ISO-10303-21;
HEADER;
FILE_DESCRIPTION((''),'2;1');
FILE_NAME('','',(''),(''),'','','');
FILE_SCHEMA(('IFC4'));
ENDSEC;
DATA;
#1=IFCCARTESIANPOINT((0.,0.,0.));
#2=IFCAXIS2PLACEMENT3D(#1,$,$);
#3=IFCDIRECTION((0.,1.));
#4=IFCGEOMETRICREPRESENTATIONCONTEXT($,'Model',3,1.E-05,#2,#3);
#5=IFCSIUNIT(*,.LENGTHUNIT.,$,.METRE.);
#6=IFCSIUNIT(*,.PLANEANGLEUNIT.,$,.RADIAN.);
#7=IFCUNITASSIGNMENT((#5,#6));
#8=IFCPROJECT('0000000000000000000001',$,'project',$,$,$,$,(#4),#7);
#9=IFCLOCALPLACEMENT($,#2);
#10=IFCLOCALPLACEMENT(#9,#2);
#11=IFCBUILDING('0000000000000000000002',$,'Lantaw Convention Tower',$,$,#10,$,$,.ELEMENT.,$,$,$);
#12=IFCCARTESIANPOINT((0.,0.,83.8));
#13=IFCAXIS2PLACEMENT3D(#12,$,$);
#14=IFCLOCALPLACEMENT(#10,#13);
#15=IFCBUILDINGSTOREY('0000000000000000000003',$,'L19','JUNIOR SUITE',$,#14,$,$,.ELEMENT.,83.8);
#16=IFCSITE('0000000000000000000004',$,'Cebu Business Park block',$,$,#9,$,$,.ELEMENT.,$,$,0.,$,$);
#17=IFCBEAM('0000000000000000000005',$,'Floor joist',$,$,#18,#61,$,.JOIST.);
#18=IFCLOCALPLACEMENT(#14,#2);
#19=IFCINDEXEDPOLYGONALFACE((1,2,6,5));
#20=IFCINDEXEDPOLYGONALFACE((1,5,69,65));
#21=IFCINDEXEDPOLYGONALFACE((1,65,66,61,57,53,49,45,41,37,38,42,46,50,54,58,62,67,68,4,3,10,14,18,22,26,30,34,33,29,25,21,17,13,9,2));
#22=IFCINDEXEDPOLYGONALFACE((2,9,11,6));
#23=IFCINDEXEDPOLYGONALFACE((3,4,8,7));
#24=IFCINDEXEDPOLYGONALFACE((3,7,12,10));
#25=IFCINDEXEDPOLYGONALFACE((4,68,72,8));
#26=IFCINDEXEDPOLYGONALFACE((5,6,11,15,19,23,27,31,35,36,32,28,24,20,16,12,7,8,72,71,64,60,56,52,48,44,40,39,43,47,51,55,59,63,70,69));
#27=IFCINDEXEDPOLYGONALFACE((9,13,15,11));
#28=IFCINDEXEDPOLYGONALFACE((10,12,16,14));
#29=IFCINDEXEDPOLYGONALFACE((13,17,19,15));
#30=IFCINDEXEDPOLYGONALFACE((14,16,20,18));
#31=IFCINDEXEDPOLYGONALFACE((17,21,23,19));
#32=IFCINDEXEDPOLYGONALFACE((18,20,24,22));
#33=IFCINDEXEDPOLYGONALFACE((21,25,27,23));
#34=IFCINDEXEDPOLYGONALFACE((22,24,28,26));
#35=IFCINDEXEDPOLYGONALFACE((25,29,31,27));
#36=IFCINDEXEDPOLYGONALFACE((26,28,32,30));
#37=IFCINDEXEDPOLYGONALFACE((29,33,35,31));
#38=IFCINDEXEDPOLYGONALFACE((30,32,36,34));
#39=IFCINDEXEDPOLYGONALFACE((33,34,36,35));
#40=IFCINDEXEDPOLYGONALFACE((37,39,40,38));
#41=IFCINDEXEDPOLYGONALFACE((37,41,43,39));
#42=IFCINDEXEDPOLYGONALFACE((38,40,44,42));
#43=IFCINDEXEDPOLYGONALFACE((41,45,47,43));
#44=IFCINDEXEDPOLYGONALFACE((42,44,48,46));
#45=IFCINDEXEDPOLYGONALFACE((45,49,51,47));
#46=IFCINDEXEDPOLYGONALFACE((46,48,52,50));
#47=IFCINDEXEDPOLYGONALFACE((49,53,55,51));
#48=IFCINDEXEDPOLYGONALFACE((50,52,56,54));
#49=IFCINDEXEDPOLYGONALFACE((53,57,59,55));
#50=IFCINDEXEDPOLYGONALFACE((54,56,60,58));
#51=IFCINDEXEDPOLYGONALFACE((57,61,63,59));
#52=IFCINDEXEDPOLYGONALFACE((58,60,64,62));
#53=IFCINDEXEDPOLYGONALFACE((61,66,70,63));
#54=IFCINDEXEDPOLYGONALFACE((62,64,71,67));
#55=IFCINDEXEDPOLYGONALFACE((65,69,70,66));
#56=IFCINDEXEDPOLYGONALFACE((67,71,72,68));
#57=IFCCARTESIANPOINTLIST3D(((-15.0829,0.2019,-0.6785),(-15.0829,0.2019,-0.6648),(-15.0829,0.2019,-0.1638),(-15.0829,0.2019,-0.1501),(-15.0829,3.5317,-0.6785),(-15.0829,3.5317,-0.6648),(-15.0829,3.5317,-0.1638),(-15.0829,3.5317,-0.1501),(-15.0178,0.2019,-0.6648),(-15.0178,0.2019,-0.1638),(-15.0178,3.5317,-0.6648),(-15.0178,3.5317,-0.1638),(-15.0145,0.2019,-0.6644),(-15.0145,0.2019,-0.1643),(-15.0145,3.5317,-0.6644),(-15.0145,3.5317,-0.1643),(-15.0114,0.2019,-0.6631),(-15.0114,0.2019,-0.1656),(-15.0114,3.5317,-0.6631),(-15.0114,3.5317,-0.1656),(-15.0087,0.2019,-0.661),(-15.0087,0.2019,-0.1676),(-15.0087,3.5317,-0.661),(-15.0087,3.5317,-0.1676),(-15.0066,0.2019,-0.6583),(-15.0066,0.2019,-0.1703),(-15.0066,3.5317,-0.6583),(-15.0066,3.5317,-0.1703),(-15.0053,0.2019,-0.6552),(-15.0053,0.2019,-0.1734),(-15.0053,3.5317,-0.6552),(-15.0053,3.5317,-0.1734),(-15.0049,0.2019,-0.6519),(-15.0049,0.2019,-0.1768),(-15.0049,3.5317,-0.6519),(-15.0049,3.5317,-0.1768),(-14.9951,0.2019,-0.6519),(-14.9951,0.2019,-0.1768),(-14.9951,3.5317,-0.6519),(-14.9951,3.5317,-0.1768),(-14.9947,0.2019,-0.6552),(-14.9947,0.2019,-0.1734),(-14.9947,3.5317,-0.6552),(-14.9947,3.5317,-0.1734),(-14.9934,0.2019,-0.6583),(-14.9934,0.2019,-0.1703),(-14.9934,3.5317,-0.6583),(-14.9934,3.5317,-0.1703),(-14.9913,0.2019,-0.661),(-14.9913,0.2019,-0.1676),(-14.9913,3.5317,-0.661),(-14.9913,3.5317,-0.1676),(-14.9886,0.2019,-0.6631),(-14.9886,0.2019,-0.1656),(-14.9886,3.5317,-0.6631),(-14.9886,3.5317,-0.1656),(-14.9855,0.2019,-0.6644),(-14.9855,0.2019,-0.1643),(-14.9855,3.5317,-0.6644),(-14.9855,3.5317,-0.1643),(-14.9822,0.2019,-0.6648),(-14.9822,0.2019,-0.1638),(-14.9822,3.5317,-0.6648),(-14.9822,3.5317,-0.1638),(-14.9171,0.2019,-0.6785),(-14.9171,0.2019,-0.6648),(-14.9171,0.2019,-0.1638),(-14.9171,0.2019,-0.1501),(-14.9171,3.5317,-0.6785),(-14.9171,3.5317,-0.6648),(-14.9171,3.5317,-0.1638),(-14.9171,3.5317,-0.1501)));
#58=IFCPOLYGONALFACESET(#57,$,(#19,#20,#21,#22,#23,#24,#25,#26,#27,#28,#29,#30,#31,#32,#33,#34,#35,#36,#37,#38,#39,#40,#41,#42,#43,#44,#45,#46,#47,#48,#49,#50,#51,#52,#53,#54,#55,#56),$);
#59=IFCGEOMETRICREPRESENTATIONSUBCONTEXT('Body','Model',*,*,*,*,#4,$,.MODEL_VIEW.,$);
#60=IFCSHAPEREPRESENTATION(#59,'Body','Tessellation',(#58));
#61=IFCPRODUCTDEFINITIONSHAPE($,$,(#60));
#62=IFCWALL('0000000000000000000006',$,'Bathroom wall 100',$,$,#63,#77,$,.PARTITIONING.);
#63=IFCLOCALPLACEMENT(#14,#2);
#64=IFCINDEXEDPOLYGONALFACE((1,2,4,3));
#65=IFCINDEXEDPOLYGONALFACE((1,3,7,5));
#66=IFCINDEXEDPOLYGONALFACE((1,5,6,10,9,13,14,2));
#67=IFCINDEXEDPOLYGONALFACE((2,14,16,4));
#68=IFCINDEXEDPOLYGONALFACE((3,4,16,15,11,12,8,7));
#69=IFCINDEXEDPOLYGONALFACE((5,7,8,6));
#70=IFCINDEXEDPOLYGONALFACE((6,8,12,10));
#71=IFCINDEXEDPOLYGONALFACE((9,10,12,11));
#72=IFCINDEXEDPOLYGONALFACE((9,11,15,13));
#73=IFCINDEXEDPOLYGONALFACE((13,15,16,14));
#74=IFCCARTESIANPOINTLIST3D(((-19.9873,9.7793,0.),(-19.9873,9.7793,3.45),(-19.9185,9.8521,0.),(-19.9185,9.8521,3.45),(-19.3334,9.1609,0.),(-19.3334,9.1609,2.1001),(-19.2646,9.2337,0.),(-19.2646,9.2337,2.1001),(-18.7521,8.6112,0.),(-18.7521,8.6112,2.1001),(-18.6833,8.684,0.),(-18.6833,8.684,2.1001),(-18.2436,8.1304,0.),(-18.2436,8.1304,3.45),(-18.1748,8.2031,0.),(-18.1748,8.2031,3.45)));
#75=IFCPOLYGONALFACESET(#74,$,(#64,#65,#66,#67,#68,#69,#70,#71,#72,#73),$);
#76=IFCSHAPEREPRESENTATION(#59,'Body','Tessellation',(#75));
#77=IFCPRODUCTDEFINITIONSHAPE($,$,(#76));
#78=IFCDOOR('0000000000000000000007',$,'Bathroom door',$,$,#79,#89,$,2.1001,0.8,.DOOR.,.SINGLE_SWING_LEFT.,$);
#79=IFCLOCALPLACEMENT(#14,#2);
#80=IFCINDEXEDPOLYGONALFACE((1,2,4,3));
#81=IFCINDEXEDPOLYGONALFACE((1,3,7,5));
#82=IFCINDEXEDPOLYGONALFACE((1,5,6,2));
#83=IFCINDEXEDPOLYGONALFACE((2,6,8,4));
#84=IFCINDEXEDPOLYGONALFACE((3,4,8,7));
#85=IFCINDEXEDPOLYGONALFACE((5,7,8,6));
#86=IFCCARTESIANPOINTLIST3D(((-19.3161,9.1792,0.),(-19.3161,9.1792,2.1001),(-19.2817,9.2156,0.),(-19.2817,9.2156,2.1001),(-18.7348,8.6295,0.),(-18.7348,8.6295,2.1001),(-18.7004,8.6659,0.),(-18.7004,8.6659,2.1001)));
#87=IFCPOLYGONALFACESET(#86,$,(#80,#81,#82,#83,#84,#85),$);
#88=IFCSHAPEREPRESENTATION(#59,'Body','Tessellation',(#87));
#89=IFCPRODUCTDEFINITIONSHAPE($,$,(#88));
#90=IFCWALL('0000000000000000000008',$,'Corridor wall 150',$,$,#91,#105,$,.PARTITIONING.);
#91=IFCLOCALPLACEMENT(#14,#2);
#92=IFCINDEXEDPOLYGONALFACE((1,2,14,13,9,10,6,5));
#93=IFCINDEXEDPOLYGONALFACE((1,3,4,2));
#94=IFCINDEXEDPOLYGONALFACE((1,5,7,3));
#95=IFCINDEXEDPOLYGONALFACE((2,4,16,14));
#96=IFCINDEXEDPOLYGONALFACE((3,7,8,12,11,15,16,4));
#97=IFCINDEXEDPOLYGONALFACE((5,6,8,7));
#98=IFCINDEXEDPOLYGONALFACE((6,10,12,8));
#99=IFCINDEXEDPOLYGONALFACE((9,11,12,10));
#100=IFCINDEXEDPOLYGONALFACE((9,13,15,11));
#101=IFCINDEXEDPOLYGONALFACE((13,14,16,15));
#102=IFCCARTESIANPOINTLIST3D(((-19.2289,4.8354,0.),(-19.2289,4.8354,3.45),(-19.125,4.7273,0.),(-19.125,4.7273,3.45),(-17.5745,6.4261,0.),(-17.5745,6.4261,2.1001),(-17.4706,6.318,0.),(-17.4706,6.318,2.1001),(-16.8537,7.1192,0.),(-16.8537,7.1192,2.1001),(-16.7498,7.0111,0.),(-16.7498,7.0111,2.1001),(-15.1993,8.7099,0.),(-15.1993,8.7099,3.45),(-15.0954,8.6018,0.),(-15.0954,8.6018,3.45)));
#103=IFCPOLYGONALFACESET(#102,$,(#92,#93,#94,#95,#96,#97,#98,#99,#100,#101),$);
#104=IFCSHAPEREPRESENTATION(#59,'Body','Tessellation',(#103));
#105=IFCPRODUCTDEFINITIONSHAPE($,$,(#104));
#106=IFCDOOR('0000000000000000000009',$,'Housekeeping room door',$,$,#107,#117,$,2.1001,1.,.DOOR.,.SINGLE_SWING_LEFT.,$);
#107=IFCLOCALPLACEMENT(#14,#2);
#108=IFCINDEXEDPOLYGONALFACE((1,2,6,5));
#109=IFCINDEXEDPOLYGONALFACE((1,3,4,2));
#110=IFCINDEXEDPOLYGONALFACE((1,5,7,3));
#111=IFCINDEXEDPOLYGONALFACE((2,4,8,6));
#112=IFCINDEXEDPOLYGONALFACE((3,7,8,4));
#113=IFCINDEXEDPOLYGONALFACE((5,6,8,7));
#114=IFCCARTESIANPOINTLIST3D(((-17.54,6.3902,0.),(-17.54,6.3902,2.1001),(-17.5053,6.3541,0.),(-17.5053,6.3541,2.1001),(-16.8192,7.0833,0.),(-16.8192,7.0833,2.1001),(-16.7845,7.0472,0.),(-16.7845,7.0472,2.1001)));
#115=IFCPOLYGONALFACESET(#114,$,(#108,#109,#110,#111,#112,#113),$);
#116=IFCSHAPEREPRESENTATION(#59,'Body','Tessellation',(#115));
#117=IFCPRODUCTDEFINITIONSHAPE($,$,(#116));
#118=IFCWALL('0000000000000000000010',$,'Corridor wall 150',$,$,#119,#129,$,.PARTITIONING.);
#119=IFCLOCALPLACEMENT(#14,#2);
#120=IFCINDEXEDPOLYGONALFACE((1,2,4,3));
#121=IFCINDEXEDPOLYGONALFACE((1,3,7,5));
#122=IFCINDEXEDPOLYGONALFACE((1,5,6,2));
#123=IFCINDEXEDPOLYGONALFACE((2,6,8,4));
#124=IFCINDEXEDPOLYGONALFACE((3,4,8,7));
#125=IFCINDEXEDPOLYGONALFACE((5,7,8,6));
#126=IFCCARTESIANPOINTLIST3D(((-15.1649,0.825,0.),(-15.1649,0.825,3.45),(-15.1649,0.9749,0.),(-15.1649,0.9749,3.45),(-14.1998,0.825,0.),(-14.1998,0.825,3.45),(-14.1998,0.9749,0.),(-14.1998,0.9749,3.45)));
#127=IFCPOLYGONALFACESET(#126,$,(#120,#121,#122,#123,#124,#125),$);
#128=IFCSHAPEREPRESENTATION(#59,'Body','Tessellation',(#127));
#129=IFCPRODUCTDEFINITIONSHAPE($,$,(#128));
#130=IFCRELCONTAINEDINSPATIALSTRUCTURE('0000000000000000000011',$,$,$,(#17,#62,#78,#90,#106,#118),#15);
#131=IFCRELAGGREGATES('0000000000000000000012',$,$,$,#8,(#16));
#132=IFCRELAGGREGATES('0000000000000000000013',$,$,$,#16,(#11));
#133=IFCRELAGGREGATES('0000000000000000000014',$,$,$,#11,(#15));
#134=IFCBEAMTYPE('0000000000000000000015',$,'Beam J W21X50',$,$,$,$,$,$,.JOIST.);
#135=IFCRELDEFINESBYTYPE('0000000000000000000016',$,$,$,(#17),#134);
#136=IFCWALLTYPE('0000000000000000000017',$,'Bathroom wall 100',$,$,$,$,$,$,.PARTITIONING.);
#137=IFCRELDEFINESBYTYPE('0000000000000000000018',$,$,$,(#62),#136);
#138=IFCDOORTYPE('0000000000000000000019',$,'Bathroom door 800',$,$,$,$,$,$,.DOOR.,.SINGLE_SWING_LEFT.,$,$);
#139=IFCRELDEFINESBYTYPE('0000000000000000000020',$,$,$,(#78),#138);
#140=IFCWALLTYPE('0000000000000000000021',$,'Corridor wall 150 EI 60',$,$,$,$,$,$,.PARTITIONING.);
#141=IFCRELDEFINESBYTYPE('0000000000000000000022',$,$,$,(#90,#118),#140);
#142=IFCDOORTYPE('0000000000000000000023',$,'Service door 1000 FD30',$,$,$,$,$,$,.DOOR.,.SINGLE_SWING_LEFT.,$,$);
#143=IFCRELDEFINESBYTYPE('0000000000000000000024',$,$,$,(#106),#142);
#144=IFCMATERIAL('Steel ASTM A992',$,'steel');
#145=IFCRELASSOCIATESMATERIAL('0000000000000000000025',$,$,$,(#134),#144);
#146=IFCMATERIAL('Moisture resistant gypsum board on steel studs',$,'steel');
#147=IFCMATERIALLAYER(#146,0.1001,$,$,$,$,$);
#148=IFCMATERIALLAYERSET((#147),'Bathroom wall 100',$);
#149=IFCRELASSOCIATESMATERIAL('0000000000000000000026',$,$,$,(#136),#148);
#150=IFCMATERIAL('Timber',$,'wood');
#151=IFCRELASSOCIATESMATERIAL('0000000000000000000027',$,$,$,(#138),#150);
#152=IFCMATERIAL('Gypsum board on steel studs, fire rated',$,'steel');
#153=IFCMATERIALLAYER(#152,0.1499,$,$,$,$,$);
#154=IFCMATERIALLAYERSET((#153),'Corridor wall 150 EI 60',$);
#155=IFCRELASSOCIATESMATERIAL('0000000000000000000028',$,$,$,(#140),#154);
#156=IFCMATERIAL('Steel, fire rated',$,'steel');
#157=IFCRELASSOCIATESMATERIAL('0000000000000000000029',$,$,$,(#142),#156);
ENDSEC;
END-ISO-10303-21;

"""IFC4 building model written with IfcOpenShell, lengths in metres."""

from ifc_helpers import new_model, si_unit, direction, frame, frame_2d, origin, origin_2d, place, context, subcontext, project, spatial, rectangle, i_section, extrude, material, layer, layer_set, material_profile, profile_set, type_object, element, fill, save


model = new_model("IFC4")

# Units and contexts
model_context = context("Model", 3, precision=1e-05, world=origin(), true_north=direction((0.0, 1.0)))
body_context = subcontext(model_context, "Body", "Model", "MODEL_VIEW")
ifc_project = project(units=[si_unit("LENGTHUNIT", "METRE"), si_unit("PLANEANGLEUNIT", "RADIAN")], contexts=[model_context])

# Site, building, storey
site_placement = place(None, origin())
site = spatial("IfcSite", under=ifc_project, at=site_placement, Name="Cebu Business Park block", CompositionType="ELEMENT", RefElevation=0.0)
building_placement = place(site_placement, origin())
building = spatial("IfcBuilding", under=site, at=building_placement, Name="Lantaw Convention Tower", CompositionType="ELEMENT")
storey_placement = place(building_placement, frame((0.0, 0.0, 83.8)))
storey = spatial("IfcBuildingStorey", under=building, at=storey_placement, Name="L19", Description="JUNIOR SUITE", CompositionType="ELEMENT", Elevation=83.8)

# Beam
ifc_material_1 = material(Name="Steel ASTM A992", Category="steel")
ifc_material_profile_1 = material_profile(ifc_material_1, i_section(OverallWidth=0.1658, OverallDepth=0.5283, WebThickness=0.0098, FlangeThickness=0.0137, FilletRadius=0.0129, at=origin_2d()), Name="W21X50")
ifc_profile_set_1 = profile_set([ifc_material_profile_1], Name="Steel ASTM A992")
beam_type_1 = type_object("IfcBeamType", Name="Beam J W21X50", PredefinedType="JOIST", material=ifc_profile_set_1)
beam_1_placement = place(storey_placement, frame((-15.0, 0.2019, -0.4143), z_axis=(0.0, 1.0, 0.0), x_axis=(-1.0, 0.0, 0.0)))
element("IfcBeam", 1, at=beam_1_placement, inside=storey, type_object=beam_type_1, Name="Floor joist", PredefinedType="JOIST", context=body_context, shape_type="SweptSolid", body=[
    extrude(i_section(OverallWidth=0.1658, OverallDepth=0.5283, WebThickness=0.0098, FlangeThickness=0.0137, FilletRadius=0.0129, at=origin_2d()), origin(), (0.0, 0.0, 1.0), 3.3298),
])

# Walls, openings, doors
ifc_material_2 = material(Name="Moisture resistant gypsum board on steel studs", Category="steel")
ifc_layer_1 = layer(ifc_material_2, 0.1001)
ifc_layer_set_1 = layer_set([ifc_layer_1], Name="Bathroom wall 100")
wall_type_1 = type_object("IfcWallType", Name="Bathroom wall 100", PredefinedType="PARTITIONING", material=ifc_layer_set_1)
wall_1_placement = place(storey_placement, frame((-18.2092, 8.1667, 0.0), z_axis=(0.0, 0.0, 1.0), x_axis=(-0.726567, 0.687095, 0.0)))
wall_1 = element("IfcWall", 2, at=wall_1_placement, inside=storey, type_object=wall_type_1, Name="Bathroom wall 100", PredefinedType="PARTITIONING", context=body_context, shape_type="SweptSolid", body=[
    extrude(rectangle(XDim=2.3999, YDim=0.1001, at=frame_2d((1.2, 0.0))), origin(), (0.0, 0.0, 1.0), 3.45),
])
opening_1_placement = place(wall_1_placement, frame((0.7, 0.0, 0.0)))
opening_1 = element("IfcOpeningElement", 3, at=opening_1_placement, cuts=wall_1, PredefinedType="OPENING", context=body_context, shape_type="SweptSolid", body=[
    extrude(rectangle(XDim=0.8, YDim=2.1001, at=frame_2d((0.3999, 1.05))), frame((0.0, 0.0601, 0.0), z_axis=(0.0, -1.0, 0.0), x_axis=(1.0, 0.0, 0.0)), (0.0, 0.0, 1.0), 0.1201),
])
ifc_material_3 = material(Name="Timber", Category="wood")
door_type_1 = type_object("IfcDoorType", Name="Bathroom door 800", OperationType="SINGLE_SWING_LEFT", PredefinedType="DOOR", material=ifc_material_3)
door_1_placement = place(opening_1_placement, origin())
door_1 = element("IfcDoor", 4, at=door_1_placement, inside=storey, type_object=door_type_1, Name="Bathroom door", OperationType="SINGLE_SWING_LEFT", OverallHeight=2.1001, OverallWidth=0.8, PredefinedType="DOOR", context=body_context, shape_type="SweptSolid", body=[
    extrude(rectangle(XDim=0.8, YDim=2.1001, at=frame_2d((0.3999, 1.05))), frame((0.0, 0.0249, 0.0), z_axis=(0.0, -1.0, 0.0), x_axis=(1.0, 0.0, 0.0)), (0.0, 0.0, 1.0), 0.05),
])
fill(opening_1, door_1)
ifc_material_4 = material(Name="Gypsum board on steel studs, fire rated", Category="steel")
ifc_layer_2 = layer(ifc_material_4, 0.1499)
ifc_layer_set_2 = layer_set([ifc_layer_2], Name="Corridor wall 150 EI 60")
wall_type_2 = type_object("IfcWallType", Name="Corridor wall 150 EI 60", PredefinedType="PARTITIONING", material=ifc_layer_set_2)
wall_2_placement = place(storey_placement, frame((-15.1475, 8.6558, 0.0), z_axis=(0.0, 0.0, 1.0), x_axis=(-0.720837, -0.693104, 0.0)))
wall_2 = element("IfcWall", 5, at=wall_2_placement, inside=storey, type_object=wall_type_2, Name="Corridor wall 150", PredefinedType="PARTITIONING", context=body_context, shape_type="SweptSolid", body=[
    extrude(rectangle(XDim=5.5901, YDim=0.1499, at=frame_2d((2.7949, 0.0))), origin(), (0.0, 0.0, 1.0), 3.45),
])
opening_2_placement = place(wall_2_placement, frame((2.2949, 0.0, 0.0)))
opening_2 = element("IfcOpeningElement", 6, at=opening_2_placement, cuts=wall_2, PredefinedType="OPENING", context=body_context, shape_type="SweptSolid", body=[
    extrude(rectangle(XDim=1.0, YDim=2.1001, at=frame_2d((0.5, 1.05))), frame((0.0, 0.085, 0.0), z_axis=(0.0, -1.0, 0.0), x_axis=(1.0, 0.0, 0.0)), (0.0, 0.0, 1.0), 0.1699),
])
ifc_material_5 = material(Name="Steel, fire rated", Category="steel")
door_type_2 = type_object("IfcDoorType", Name="Service door 1000 FD30", OperationType="SINGLE_SWING_LEFT", PredefinedType="DOOR", material=ifc_material_5)
door_2_placement = place(opening_2_placement, origin())
door_2 = element("IfcDoor", 7, at=door_2_placement, inside=storey, type_object=door_type_2, Name="Housekeeping room door", OperationType="SINGLE_SWING_LEFT", OverallHeight=2.1001, OverallWidth=1.0, PredefinedType="DOOR", context=body_context, shape_type="SweptSolid", body=[
    extrude(rectangle(XDim=1.0, YDim=2.1001, at=frame_2d((0.5, 1.05))), frame((0.0, 0.0249, 0.0), z_axis=(0.0, -1.0, 0.0), x_axis=(1.0, 0.0, 0.0)), (0.0, 0.0, 1.0), 0.05),
])
fill(opening_2, door_2)

# Wall
wall_3_placement = place(storey_placement, frame((-14.2, 0.8999, 0.0), z_axis=(0.0, 0.0, 1.0), x_axis=(-1.0, 0.0, 0.0)))
element("IfcWall", 8, at=wall_3_placement, inside=storey, type_object=wall_type_2, Name="Corridor wall 150", PredefinedType="PARTITIONING", context=body_context, shape_type="SweptSolid", body=[
    extrude(rectangle(XDim=0.9651, YDim=0.1499, at=frame_2d((0.4824, 0.0))), origin(), (0.0, 0.0, 1.0), 3.45),
])

save(model, "model.ifc")
